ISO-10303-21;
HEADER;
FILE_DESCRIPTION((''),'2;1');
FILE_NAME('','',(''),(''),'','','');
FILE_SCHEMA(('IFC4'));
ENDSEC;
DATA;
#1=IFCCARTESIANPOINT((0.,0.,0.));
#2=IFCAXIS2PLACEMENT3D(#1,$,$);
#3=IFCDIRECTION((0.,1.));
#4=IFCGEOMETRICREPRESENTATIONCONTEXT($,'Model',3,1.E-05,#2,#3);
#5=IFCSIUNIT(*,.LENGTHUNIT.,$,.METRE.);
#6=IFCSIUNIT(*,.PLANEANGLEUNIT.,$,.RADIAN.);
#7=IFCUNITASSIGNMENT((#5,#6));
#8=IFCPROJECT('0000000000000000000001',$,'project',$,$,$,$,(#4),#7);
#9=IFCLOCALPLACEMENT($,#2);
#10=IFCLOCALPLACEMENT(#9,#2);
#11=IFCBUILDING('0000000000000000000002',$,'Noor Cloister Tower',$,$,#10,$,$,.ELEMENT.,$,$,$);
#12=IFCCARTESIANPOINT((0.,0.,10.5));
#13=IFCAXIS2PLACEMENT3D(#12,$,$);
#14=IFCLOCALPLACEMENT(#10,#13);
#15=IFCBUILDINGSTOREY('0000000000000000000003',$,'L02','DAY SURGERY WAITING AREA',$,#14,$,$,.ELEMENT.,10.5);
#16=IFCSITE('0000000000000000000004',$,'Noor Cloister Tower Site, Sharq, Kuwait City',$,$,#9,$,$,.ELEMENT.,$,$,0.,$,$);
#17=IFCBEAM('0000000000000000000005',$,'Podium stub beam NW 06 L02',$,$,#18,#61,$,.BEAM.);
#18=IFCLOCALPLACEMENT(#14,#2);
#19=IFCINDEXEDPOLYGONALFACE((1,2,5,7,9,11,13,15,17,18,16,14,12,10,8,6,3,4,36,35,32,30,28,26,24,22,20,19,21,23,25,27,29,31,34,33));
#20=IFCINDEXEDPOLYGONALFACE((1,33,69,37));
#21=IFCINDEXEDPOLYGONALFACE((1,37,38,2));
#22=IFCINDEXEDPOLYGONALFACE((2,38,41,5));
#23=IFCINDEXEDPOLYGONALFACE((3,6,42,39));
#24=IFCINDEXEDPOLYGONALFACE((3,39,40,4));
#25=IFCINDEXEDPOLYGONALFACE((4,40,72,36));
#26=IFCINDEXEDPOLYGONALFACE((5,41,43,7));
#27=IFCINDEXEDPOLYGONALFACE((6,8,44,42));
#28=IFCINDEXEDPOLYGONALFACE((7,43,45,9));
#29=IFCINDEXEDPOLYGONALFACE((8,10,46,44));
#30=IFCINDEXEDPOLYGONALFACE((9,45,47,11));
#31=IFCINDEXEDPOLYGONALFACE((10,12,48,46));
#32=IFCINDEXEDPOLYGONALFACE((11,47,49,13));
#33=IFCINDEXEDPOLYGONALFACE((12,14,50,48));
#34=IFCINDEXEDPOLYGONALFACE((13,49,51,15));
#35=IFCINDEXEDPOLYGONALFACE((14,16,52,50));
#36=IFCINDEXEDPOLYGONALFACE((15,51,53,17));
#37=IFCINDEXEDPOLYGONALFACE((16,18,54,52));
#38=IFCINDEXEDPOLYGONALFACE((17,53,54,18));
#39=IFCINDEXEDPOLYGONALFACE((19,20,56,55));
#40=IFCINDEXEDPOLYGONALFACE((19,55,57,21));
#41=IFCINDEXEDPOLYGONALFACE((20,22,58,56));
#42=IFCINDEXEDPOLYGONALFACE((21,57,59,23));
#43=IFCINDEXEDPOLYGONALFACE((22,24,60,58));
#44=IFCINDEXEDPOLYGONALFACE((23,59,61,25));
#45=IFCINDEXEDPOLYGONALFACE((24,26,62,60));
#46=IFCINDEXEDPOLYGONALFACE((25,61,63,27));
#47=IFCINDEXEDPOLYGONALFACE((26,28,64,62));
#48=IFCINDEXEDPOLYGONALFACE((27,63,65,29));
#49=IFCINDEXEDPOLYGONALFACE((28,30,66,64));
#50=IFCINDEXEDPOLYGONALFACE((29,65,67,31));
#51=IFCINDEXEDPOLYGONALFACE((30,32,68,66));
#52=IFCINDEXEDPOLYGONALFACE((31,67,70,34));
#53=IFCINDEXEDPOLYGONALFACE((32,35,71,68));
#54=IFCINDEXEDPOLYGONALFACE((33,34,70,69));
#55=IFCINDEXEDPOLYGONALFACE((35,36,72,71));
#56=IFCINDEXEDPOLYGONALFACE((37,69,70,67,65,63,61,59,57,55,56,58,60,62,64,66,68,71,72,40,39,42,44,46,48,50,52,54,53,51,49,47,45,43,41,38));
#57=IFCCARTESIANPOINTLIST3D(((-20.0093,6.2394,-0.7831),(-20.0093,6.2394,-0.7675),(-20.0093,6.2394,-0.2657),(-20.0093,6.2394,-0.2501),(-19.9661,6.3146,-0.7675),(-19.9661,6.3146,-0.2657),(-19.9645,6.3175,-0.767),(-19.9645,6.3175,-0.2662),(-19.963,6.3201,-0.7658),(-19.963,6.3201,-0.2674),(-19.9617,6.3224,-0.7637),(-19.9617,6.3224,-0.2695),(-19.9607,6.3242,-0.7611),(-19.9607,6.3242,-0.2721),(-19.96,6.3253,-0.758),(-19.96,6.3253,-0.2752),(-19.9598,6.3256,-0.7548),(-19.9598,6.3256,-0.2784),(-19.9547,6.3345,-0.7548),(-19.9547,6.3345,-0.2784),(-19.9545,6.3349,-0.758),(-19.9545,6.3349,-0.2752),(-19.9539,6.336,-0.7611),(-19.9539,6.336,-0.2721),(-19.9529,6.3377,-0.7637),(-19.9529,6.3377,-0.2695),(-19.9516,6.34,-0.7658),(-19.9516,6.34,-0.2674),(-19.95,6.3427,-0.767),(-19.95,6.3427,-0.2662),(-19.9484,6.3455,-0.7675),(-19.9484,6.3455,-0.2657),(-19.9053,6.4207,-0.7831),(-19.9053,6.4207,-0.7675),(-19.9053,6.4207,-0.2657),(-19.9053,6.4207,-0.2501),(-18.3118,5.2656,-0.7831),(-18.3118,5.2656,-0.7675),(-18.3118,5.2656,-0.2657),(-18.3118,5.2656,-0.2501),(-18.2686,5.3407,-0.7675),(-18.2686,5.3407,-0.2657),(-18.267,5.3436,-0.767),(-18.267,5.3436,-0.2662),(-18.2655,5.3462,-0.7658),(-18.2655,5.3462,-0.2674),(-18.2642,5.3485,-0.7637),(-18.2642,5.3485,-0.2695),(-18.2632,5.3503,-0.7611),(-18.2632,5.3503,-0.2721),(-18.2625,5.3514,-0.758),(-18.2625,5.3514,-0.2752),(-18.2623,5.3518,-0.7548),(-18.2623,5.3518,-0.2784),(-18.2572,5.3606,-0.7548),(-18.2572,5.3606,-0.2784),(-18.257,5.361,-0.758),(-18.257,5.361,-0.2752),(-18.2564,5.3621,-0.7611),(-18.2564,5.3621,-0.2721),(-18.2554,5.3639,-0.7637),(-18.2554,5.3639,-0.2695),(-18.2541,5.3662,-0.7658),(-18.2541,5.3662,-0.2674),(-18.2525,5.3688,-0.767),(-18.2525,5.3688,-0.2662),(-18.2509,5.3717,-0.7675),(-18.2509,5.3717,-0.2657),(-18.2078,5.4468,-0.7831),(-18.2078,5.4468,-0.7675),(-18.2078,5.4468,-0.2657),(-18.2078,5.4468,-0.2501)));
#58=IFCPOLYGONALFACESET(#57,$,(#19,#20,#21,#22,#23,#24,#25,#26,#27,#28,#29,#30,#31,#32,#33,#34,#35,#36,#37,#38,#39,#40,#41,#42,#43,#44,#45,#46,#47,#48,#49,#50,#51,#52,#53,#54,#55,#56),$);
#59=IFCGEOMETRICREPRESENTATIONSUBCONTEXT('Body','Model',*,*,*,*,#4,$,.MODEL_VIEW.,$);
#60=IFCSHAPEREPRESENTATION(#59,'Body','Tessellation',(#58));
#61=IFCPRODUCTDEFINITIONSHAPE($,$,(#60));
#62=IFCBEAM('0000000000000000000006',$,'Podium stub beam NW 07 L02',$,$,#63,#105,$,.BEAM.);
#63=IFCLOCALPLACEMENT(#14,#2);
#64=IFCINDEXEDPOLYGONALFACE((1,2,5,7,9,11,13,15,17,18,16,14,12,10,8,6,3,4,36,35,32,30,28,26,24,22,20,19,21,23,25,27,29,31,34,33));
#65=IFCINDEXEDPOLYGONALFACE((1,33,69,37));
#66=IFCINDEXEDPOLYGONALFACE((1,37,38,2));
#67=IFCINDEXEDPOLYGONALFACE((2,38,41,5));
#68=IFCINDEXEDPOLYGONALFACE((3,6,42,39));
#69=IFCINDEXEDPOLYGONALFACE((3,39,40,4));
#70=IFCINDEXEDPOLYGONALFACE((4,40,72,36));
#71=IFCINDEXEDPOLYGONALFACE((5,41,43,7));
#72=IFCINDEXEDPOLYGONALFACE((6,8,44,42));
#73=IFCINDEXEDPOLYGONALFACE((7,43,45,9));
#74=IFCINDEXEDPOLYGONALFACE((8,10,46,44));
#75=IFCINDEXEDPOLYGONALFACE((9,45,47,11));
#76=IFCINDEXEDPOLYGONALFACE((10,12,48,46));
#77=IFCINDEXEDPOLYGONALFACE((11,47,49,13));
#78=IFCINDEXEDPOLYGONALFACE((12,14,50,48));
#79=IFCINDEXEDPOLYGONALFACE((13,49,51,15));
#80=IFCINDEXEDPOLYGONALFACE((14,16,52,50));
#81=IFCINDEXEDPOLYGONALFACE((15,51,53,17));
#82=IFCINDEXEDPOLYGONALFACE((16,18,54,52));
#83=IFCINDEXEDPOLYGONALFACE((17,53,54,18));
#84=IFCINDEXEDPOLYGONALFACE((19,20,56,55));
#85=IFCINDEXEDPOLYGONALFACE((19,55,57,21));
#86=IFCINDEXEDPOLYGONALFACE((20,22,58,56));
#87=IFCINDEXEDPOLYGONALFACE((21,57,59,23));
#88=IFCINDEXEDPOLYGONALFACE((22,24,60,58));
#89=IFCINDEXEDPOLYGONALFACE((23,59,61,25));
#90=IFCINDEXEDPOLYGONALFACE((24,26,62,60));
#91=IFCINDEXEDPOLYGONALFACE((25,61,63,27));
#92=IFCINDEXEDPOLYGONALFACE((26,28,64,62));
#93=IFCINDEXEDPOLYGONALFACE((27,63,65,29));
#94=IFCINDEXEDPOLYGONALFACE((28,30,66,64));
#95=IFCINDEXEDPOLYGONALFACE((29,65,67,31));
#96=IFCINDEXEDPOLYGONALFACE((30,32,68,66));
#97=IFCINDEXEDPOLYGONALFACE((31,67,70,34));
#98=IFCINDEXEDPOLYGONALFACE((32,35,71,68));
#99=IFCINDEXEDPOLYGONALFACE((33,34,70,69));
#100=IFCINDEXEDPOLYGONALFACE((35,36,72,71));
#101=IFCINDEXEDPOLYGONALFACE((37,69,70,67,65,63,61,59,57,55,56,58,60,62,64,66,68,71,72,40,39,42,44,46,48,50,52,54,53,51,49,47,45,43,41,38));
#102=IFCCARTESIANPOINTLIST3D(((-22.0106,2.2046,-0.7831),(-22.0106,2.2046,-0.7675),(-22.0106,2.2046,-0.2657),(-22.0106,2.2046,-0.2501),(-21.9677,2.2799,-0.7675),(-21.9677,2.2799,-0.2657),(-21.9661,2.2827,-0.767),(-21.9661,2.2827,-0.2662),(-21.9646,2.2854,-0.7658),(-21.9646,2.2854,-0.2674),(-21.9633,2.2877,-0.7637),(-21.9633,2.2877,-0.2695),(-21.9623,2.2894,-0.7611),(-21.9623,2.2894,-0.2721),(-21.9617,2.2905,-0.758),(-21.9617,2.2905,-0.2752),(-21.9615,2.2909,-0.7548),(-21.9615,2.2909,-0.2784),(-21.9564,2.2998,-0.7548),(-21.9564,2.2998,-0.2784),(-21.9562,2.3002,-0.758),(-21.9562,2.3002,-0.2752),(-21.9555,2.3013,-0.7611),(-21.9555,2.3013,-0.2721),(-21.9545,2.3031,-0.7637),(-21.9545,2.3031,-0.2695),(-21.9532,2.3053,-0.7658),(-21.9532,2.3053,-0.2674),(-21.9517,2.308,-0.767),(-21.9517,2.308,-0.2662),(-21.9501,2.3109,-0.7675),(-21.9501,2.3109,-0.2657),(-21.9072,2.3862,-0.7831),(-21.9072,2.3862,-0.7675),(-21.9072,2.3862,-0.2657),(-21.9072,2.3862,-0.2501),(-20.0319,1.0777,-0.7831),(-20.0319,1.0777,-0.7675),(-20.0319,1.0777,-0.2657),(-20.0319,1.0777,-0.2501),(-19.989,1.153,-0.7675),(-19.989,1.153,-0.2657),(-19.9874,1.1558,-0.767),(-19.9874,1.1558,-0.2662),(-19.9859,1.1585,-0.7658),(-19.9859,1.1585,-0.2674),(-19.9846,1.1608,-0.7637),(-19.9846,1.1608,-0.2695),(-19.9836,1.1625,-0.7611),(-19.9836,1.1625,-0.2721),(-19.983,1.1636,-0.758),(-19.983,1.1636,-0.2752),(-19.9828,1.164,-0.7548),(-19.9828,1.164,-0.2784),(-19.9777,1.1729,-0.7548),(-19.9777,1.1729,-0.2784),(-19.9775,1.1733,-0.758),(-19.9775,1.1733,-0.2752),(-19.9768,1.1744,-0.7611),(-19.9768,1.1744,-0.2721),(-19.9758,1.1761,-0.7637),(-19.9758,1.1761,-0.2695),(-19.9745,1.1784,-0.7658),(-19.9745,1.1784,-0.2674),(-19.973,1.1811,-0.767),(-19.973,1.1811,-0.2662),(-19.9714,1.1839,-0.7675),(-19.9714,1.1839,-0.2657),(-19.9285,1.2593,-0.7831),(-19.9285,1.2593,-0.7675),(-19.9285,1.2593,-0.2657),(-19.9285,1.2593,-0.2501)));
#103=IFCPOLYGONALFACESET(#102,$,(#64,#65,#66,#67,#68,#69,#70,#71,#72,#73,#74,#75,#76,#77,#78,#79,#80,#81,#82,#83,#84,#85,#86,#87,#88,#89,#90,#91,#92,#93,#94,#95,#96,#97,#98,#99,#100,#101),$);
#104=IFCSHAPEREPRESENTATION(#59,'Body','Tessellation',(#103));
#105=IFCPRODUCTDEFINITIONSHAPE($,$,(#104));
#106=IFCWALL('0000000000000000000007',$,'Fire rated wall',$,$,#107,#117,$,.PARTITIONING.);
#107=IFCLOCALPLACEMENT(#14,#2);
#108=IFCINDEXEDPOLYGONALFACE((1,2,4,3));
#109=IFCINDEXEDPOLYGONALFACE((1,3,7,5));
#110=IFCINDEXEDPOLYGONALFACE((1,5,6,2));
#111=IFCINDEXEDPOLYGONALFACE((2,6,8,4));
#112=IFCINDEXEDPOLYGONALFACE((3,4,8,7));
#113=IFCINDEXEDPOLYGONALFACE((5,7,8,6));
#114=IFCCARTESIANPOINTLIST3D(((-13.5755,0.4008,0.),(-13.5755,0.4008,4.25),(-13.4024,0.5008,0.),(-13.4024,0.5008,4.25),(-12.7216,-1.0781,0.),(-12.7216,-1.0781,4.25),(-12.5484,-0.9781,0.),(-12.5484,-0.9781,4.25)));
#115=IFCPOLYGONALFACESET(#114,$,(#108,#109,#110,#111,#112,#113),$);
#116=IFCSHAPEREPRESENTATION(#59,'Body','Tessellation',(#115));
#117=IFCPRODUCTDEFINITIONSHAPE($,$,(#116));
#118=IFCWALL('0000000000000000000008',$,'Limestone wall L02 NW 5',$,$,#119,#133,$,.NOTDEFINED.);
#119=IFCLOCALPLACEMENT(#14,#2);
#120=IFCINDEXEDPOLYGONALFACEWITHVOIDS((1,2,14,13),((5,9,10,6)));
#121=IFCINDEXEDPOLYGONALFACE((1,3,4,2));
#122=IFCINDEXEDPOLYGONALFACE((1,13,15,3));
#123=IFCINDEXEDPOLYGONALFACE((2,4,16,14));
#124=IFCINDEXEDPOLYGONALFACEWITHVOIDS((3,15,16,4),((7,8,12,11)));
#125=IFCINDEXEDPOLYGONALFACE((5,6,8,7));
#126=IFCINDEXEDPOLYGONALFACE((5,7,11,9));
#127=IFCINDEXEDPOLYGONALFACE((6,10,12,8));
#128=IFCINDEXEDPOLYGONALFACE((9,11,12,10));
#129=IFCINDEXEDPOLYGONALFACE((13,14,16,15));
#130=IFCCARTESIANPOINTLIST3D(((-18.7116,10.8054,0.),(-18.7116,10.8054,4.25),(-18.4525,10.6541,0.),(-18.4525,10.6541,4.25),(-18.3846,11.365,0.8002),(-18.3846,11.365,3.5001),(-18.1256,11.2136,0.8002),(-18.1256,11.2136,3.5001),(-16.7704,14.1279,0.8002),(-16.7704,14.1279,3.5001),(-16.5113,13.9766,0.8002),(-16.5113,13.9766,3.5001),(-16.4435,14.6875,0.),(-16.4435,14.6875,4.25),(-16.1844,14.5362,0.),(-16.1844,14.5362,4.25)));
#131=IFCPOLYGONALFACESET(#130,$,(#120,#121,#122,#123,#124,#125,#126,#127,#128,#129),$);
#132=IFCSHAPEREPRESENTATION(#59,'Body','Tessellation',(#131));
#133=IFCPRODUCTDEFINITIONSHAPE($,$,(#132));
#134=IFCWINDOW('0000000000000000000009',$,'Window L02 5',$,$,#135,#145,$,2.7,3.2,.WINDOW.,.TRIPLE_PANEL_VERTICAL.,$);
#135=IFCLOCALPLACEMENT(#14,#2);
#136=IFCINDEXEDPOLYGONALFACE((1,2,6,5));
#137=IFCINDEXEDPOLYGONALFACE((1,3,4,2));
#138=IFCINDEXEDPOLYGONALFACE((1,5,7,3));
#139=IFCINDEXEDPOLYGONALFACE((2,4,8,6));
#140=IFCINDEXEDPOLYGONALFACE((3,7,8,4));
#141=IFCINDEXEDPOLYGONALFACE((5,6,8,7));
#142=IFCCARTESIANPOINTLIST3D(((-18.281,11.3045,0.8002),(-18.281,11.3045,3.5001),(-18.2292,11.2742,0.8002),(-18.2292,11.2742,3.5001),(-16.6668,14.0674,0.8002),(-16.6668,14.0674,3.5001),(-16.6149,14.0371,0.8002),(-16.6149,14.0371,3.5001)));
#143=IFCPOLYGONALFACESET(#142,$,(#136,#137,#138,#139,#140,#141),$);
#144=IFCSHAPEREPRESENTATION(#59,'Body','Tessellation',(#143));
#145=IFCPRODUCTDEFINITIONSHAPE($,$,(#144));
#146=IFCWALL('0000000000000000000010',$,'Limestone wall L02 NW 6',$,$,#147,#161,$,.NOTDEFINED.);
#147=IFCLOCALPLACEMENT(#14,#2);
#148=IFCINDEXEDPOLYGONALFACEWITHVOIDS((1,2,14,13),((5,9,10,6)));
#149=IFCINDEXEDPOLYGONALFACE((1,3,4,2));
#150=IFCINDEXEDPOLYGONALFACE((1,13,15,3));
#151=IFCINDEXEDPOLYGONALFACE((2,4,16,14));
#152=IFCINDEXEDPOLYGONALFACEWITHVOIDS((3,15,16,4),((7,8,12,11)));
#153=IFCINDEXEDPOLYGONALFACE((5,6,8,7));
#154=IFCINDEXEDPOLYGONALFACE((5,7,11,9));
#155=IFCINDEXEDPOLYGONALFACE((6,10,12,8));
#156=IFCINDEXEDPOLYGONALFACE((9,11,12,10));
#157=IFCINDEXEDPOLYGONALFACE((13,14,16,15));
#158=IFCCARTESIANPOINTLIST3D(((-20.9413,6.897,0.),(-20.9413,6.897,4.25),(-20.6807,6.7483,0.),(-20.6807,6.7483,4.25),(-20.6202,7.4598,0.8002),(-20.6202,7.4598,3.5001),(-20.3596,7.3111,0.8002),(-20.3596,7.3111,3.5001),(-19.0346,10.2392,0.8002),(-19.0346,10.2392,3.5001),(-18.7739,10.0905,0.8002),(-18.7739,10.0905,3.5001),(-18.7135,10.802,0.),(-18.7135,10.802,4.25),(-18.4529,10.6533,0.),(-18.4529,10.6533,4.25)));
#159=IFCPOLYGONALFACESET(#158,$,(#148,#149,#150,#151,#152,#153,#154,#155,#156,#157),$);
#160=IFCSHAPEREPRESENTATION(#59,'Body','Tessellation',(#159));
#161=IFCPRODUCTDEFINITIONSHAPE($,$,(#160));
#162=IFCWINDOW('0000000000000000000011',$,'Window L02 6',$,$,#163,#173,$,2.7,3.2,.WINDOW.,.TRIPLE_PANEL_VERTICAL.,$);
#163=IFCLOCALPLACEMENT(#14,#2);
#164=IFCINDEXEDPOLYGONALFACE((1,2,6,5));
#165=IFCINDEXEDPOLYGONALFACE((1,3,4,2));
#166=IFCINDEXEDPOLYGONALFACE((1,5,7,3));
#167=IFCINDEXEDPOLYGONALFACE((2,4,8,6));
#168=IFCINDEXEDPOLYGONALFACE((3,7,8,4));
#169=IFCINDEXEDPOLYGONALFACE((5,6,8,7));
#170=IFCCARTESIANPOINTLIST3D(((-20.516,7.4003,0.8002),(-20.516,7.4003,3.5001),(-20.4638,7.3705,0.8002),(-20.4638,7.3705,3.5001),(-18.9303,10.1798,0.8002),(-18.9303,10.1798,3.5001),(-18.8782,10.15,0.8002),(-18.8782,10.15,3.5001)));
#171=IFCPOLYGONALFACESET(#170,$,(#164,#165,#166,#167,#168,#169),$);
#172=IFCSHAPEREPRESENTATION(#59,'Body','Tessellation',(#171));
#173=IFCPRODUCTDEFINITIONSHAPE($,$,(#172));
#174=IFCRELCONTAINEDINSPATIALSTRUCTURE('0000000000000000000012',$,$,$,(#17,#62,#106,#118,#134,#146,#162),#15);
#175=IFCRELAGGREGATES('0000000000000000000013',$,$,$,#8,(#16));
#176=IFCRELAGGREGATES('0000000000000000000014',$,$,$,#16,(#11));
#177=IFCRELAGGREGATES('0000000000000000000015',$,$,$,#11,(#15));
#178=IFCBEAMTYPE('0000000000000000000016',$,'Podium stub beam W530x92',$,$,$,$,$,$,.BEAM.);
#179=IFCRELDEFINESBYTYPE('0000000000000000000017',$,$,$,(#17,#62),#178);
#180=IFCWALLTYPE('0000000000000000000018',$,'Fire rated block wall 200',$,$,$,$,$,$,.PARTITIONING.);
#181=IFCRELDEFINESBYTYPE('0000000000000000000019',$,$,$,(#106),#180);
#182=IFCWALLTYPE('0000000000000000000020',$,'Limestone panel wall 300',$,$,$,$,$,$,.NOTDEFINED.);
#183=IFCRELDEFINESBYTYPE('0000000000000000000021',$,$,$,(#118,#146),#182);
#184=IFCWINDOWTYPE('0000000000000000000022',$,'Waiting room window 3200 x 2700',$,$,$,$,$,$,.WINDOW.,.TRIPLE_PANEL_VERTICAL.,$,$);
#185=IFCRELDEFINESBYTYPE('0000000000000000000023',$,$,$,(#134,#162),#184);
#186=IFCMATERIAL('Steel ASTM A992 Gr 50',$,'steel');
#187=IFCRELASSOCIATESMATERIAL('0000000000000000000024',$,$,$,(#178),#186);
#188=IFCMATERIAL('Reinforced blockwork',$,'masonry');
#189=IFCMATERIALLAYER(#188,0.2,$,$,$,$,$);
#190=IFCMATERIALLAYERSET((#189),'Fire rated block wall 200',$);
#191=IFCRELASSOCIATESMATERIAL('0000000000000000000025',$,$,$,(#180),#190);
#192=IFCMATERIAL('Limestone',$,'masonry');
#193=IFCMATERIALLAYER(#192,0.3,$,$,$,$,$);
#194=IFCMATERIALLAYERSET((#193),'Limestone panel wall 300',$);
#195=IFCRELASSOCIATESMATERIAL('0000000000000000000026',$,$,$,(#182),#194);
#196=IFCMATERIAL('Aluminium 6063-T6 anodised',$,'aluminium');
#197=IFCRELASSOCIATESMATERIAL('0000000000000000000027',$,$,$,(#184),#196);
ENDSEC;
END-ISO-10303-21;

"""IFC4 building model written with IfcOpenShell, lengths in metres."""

from ifc_helpers import new_model, si_unit, direction, frame, frame_2d, origin, origin_2d, place, context, subcontext, project, spatial, rectangle, i_section, extrude, material, layer, layer_set, material_profile, profile_set, type_object, element, fill, save


model = new_model("IFC4")

# Units and contexts
model_context = context("Model", 3, precision=1e-05, world=origin(), true_north=direction((0.0, 1.0)))
body_context = subcontext(model_context, "Body", "Model", "MODEL_VIEW")
ifc_project = project(units=[si_unit("LENGTHUNIT", "METRE"), si_unit("PLANEANGLEUNIT", "RADIAN")], contexts=[model_context])

# Site, building, storey
site_placement = place(None, origin())
site = spatial("IfcSite", under=ifc_project, at=site_placement, Name="Noor Cloister Tower Site, Sharq, Kuwait City", CompositionType="ELEMENT", RefElevation=0.0)
building_placement = place(site_placement, origin())
building = spatial("IfcBuilding", under=site, at=building_placement, Name="Noor Cloister Tower", CompositionType="ELEMENT")
storey_placement = place(building_placement, frame((0.0, 0.0, 10.5)))
storey = spatial("IfcBuildingStorey", under=building, at=storey_placement, Name="L02", Description="DAY SURGERY WAITING AREA", CompositionType="ELEMENT", Elevation=10.5)

# Beams
ifc_material_1 = material(Name="Steel ASTM A992 Gr 50", Category="steel")
ifc_material_profile_1 = material_profile(ifc_material_1, i_section(OverallWidth=0.209, OverallDepth=0.533, WebThickness=0.0103, FlangeThickness=0.0156, FilletRadius=0.0127, at=origin_2d()), Name="W530x92")
ifc_profile_set_1 = profile_set([ifc_material_profile_1], Name="Steel ASTM A992 Gr 50")
beam_type_1 = type_object("IfcBeamType", Name="Podium stub beam W530x92", PredefinedType="BEAM", material=ifc_profile_set_1)
beam_1_placement = place(storey_placement, frame((-18.2598, 5.3562, -0.5166), z_axis=(-0.86739, 0.497629, 0.0), x_axis=(-0.497629, -0.86739, 0.0)))
element("IfcBeam", 1, at=beam_1_placement, inside=storey, type_object=beam_type_1, Name="Podium stub beam NW 06 L02", PredefinedType="BEAM", context=body_context, shape_type="SweptSolid", body=[
    extrude(i_section(OverallWidth=0.209, OverallDepth=0.533, WebThickness=0.0103, FlangeThickness=0.0156, FilletRadius=0.0127, at=origin_2d()), origin(), (0.0, 0.0, 1.0), 1.957),
])
beam_2_placement = place(storey_placement, frame((-19.9802, 1.1685, -0.5166), z_axis=(-0.868955, 0.494891, 0.0), x_axis=(-0.494891, -0.868955, 0.0)))
element("IfcBeam", 2, at=beam_2_placement, inside=storey, type_object=beam_type_1, Name="Podium stub beam NW 07 L02", PredefinedType="BEAM", context=body_context, shape_type="SweptSolid", body=[
    extrude(i_section(OverallWidth=0.209, OverallDepth=0.533, WebThickness=0.0103, FlangeThickness=0.0156, FilletRadius=0.0127, at=origin_2d()), origin(), (0.0, 0.0, 1.0), 2.2771),
])

# Wall
ifc_material_2 = material(Name="Reinforced blockwork", Category="masonry")
ifc_layer_1 = layer(ifc_material_2, 0.2)
ifc_layer_set_1 = layer_set([ifc_layer_1], Name="Fire rated block wall 200")
wall_type_1 = type_object("IfcWallType", Name="Fire rated block wall 200", PredefinedType="PARTITIONING", material=ifc_layer_set_1)
wall_1_placement = place(storey_placement, frame((-13.489, 0.4509, 0.0), z_axis=(0.0, 0.0, 1.0), x_axis=(0.500044, -0.866, 0.0)))
element("IfcWall", 3, at=wall_1_placement, inside=storey, type_object=wall_type_1, Name="Fire rated wall", PredefinedType="PARTITIONING", context=body_context, shape_type="SweptSolid", body=[
    extrude(rectangle(XDim=1.7078, YDim=0.2, at=frame_2d((0.854, 0.0))), origin(), (0.0, 0.0, 1.0), 4.25),
])

# Walls, openings, windows
ifc_material_3 = material(Name="Limestone", Category="masonry")
ifc_layer_2 = layer(ifc_material_3, 0.3)
ifc_layer_set_2 = layer_set([ifc_layer_2], Name="Limestone panel wall 300")
wall_type_2 = type_object("IfcWallType", Name="Limestone panel wall 300", PredefinedType="NOTDEFINED", material=ifc_layer_set_2)
wall_2_placement = place(storey_placement, frame((-18.582, 10.7297, 0.0), z_axis=(0.0, 0.0, 1.0), x_axis=(0.504455, 0.863438, 0.0)))
wall_2 = element("IfcWall", 4, at=wall_2_placement, inside=storey, type_object=wall_type_2, Name="Limestone wall L02 NW 5", PredefinedType="NOTDEFINED", context=body_context, shape_type="SweptSolid", body=[
    extrude(rectangle(XDim=4.4961, YDim=0.3, at=frame_2d((2.248, 0.0))), origin(), (0.0, 0.0, 1.0), 4.25),
])
opening_1_placement = place(wall_2_placement, frame((0.6479, 0.0, 0.8)))
opening_1 = element("IfcOpeningElement", 5, at=opening_1_placement, cuts=wall_2, PredefinedType="OPENING", context=body_context, shape_type="SweptSolid", body=[
    extrude(rectangle(XDim=3.2, YDim=2.7, at=frame_2d((1.6001, 1.3501))), frame((0.0, 0.1602, 0.0), z_axis=(0.0, -1.0, 0.0), x_axis=(1.0, 0.0, 0.0)), (0.0, 0.0, 1.0), 0.3201),
])
ifc_material_4 = material(Name="Aluminium 6063-T6 anodised", Category="aluminium")
window_type_1 = type_object("IfcWindowType", Name="Waiting room window 3200 x 2700", PartitioningType="TRIPLE_PANEL_VERTICAL", PredefinedType="WINDOW", material=ifc_material_4)
window_1_placement = place(opening_1_placement, origin())
window_1 = element("IfcWindow", 6, at=window_1_placement, inside=storey, type_object=window_type_1, Name="Window L02 5", OverallHeight=2.7, OverallWidth=3.2, PartitioningType="TRIPLE_PANEL_VERTICAL", PredefinedType="WINDOW", context=body_context, shape_type="SweptSolid", body=[
    extrude(rectangle(XDim=3.2, YDim=2.7, at=frame_2d((1.6001, 1.3501))), frame((0.0, 0.03, 0.0), z_axis=(0.0, -1.0, 0.0), x_axis=(1.0, 0.0, 0.0)), (0.0, 0.0, 1.0), 0.0601),
])
fill(opening_1, window_1)
wall_3_placement = place(storey_placement, frame((-20.811, 6.8225, 0.0), z_axis=(0.0, 0.0, 1.0), x_axis=(0.495525, 0.868594, 0.0)))
wall_3 = element("IfcWall", 7, at=wall_3_placement, inside=storey, type_object=wall_type_2, Name="Limestone wall L02 NW 6", PredefinedType="NOTDEFINED", context=body_context, shape_type="SweptSolid", body=[
    extrude(rectangle(XDim=4.4958, YDim=0.3, at=frame_2d((2.248, 0.0))), origin(), (0.0, 0.0, 1.0), 4.25),
])
opening_2_placement = place(wall_3_placement, frame((0.6479, 0.0, 0.8)))
opening_2 = element("IfcOpeningElement", 8, at=opening_2_placement, cuts=wall_3, PredefinedType="OPENING", context=body_context, shape_type="SweptSolid", body=[
    extrude(rectangle(XDim=3.2, YDim=2.7, at=frame_2d((1.6001, 1.3501))), frame((0.0, 0.1602, 0.0), z_axis=(0.0, -1.0, 0.0), x_axis=(1.0, 0.0, 0.0)), (0.0, 0.0, 1.0), 0.3201),
])
window_2_placement = place(opening_2_placement, origin())
window_2 = element("IfcWindow", 9, at=window_2_placement, inside=storey, type_object=window_type_1, Name="Window L02 6", OverallHeight=2.7, OverallWidth=3.2, PartitioningType="TRIPLE_PANEL_VERTICAL", PredefinedType="WINDOW", context=body_context, shape_type="SweptSolid", body=[
    extrude(rectangle(XDim=3.2, YDim=2.7, at=frame_2d((1.6001, 1.3501))), frame((0.0, 0.03, 0.0), z_axis=(0.0, -1.0, 0.0), x_axis=(1.0, 0.0, 0.0)), (0.0, 0.0, 1.0), 0.0601),
])
fill(opening_2, window_2)

save(model, "model.ifc")
